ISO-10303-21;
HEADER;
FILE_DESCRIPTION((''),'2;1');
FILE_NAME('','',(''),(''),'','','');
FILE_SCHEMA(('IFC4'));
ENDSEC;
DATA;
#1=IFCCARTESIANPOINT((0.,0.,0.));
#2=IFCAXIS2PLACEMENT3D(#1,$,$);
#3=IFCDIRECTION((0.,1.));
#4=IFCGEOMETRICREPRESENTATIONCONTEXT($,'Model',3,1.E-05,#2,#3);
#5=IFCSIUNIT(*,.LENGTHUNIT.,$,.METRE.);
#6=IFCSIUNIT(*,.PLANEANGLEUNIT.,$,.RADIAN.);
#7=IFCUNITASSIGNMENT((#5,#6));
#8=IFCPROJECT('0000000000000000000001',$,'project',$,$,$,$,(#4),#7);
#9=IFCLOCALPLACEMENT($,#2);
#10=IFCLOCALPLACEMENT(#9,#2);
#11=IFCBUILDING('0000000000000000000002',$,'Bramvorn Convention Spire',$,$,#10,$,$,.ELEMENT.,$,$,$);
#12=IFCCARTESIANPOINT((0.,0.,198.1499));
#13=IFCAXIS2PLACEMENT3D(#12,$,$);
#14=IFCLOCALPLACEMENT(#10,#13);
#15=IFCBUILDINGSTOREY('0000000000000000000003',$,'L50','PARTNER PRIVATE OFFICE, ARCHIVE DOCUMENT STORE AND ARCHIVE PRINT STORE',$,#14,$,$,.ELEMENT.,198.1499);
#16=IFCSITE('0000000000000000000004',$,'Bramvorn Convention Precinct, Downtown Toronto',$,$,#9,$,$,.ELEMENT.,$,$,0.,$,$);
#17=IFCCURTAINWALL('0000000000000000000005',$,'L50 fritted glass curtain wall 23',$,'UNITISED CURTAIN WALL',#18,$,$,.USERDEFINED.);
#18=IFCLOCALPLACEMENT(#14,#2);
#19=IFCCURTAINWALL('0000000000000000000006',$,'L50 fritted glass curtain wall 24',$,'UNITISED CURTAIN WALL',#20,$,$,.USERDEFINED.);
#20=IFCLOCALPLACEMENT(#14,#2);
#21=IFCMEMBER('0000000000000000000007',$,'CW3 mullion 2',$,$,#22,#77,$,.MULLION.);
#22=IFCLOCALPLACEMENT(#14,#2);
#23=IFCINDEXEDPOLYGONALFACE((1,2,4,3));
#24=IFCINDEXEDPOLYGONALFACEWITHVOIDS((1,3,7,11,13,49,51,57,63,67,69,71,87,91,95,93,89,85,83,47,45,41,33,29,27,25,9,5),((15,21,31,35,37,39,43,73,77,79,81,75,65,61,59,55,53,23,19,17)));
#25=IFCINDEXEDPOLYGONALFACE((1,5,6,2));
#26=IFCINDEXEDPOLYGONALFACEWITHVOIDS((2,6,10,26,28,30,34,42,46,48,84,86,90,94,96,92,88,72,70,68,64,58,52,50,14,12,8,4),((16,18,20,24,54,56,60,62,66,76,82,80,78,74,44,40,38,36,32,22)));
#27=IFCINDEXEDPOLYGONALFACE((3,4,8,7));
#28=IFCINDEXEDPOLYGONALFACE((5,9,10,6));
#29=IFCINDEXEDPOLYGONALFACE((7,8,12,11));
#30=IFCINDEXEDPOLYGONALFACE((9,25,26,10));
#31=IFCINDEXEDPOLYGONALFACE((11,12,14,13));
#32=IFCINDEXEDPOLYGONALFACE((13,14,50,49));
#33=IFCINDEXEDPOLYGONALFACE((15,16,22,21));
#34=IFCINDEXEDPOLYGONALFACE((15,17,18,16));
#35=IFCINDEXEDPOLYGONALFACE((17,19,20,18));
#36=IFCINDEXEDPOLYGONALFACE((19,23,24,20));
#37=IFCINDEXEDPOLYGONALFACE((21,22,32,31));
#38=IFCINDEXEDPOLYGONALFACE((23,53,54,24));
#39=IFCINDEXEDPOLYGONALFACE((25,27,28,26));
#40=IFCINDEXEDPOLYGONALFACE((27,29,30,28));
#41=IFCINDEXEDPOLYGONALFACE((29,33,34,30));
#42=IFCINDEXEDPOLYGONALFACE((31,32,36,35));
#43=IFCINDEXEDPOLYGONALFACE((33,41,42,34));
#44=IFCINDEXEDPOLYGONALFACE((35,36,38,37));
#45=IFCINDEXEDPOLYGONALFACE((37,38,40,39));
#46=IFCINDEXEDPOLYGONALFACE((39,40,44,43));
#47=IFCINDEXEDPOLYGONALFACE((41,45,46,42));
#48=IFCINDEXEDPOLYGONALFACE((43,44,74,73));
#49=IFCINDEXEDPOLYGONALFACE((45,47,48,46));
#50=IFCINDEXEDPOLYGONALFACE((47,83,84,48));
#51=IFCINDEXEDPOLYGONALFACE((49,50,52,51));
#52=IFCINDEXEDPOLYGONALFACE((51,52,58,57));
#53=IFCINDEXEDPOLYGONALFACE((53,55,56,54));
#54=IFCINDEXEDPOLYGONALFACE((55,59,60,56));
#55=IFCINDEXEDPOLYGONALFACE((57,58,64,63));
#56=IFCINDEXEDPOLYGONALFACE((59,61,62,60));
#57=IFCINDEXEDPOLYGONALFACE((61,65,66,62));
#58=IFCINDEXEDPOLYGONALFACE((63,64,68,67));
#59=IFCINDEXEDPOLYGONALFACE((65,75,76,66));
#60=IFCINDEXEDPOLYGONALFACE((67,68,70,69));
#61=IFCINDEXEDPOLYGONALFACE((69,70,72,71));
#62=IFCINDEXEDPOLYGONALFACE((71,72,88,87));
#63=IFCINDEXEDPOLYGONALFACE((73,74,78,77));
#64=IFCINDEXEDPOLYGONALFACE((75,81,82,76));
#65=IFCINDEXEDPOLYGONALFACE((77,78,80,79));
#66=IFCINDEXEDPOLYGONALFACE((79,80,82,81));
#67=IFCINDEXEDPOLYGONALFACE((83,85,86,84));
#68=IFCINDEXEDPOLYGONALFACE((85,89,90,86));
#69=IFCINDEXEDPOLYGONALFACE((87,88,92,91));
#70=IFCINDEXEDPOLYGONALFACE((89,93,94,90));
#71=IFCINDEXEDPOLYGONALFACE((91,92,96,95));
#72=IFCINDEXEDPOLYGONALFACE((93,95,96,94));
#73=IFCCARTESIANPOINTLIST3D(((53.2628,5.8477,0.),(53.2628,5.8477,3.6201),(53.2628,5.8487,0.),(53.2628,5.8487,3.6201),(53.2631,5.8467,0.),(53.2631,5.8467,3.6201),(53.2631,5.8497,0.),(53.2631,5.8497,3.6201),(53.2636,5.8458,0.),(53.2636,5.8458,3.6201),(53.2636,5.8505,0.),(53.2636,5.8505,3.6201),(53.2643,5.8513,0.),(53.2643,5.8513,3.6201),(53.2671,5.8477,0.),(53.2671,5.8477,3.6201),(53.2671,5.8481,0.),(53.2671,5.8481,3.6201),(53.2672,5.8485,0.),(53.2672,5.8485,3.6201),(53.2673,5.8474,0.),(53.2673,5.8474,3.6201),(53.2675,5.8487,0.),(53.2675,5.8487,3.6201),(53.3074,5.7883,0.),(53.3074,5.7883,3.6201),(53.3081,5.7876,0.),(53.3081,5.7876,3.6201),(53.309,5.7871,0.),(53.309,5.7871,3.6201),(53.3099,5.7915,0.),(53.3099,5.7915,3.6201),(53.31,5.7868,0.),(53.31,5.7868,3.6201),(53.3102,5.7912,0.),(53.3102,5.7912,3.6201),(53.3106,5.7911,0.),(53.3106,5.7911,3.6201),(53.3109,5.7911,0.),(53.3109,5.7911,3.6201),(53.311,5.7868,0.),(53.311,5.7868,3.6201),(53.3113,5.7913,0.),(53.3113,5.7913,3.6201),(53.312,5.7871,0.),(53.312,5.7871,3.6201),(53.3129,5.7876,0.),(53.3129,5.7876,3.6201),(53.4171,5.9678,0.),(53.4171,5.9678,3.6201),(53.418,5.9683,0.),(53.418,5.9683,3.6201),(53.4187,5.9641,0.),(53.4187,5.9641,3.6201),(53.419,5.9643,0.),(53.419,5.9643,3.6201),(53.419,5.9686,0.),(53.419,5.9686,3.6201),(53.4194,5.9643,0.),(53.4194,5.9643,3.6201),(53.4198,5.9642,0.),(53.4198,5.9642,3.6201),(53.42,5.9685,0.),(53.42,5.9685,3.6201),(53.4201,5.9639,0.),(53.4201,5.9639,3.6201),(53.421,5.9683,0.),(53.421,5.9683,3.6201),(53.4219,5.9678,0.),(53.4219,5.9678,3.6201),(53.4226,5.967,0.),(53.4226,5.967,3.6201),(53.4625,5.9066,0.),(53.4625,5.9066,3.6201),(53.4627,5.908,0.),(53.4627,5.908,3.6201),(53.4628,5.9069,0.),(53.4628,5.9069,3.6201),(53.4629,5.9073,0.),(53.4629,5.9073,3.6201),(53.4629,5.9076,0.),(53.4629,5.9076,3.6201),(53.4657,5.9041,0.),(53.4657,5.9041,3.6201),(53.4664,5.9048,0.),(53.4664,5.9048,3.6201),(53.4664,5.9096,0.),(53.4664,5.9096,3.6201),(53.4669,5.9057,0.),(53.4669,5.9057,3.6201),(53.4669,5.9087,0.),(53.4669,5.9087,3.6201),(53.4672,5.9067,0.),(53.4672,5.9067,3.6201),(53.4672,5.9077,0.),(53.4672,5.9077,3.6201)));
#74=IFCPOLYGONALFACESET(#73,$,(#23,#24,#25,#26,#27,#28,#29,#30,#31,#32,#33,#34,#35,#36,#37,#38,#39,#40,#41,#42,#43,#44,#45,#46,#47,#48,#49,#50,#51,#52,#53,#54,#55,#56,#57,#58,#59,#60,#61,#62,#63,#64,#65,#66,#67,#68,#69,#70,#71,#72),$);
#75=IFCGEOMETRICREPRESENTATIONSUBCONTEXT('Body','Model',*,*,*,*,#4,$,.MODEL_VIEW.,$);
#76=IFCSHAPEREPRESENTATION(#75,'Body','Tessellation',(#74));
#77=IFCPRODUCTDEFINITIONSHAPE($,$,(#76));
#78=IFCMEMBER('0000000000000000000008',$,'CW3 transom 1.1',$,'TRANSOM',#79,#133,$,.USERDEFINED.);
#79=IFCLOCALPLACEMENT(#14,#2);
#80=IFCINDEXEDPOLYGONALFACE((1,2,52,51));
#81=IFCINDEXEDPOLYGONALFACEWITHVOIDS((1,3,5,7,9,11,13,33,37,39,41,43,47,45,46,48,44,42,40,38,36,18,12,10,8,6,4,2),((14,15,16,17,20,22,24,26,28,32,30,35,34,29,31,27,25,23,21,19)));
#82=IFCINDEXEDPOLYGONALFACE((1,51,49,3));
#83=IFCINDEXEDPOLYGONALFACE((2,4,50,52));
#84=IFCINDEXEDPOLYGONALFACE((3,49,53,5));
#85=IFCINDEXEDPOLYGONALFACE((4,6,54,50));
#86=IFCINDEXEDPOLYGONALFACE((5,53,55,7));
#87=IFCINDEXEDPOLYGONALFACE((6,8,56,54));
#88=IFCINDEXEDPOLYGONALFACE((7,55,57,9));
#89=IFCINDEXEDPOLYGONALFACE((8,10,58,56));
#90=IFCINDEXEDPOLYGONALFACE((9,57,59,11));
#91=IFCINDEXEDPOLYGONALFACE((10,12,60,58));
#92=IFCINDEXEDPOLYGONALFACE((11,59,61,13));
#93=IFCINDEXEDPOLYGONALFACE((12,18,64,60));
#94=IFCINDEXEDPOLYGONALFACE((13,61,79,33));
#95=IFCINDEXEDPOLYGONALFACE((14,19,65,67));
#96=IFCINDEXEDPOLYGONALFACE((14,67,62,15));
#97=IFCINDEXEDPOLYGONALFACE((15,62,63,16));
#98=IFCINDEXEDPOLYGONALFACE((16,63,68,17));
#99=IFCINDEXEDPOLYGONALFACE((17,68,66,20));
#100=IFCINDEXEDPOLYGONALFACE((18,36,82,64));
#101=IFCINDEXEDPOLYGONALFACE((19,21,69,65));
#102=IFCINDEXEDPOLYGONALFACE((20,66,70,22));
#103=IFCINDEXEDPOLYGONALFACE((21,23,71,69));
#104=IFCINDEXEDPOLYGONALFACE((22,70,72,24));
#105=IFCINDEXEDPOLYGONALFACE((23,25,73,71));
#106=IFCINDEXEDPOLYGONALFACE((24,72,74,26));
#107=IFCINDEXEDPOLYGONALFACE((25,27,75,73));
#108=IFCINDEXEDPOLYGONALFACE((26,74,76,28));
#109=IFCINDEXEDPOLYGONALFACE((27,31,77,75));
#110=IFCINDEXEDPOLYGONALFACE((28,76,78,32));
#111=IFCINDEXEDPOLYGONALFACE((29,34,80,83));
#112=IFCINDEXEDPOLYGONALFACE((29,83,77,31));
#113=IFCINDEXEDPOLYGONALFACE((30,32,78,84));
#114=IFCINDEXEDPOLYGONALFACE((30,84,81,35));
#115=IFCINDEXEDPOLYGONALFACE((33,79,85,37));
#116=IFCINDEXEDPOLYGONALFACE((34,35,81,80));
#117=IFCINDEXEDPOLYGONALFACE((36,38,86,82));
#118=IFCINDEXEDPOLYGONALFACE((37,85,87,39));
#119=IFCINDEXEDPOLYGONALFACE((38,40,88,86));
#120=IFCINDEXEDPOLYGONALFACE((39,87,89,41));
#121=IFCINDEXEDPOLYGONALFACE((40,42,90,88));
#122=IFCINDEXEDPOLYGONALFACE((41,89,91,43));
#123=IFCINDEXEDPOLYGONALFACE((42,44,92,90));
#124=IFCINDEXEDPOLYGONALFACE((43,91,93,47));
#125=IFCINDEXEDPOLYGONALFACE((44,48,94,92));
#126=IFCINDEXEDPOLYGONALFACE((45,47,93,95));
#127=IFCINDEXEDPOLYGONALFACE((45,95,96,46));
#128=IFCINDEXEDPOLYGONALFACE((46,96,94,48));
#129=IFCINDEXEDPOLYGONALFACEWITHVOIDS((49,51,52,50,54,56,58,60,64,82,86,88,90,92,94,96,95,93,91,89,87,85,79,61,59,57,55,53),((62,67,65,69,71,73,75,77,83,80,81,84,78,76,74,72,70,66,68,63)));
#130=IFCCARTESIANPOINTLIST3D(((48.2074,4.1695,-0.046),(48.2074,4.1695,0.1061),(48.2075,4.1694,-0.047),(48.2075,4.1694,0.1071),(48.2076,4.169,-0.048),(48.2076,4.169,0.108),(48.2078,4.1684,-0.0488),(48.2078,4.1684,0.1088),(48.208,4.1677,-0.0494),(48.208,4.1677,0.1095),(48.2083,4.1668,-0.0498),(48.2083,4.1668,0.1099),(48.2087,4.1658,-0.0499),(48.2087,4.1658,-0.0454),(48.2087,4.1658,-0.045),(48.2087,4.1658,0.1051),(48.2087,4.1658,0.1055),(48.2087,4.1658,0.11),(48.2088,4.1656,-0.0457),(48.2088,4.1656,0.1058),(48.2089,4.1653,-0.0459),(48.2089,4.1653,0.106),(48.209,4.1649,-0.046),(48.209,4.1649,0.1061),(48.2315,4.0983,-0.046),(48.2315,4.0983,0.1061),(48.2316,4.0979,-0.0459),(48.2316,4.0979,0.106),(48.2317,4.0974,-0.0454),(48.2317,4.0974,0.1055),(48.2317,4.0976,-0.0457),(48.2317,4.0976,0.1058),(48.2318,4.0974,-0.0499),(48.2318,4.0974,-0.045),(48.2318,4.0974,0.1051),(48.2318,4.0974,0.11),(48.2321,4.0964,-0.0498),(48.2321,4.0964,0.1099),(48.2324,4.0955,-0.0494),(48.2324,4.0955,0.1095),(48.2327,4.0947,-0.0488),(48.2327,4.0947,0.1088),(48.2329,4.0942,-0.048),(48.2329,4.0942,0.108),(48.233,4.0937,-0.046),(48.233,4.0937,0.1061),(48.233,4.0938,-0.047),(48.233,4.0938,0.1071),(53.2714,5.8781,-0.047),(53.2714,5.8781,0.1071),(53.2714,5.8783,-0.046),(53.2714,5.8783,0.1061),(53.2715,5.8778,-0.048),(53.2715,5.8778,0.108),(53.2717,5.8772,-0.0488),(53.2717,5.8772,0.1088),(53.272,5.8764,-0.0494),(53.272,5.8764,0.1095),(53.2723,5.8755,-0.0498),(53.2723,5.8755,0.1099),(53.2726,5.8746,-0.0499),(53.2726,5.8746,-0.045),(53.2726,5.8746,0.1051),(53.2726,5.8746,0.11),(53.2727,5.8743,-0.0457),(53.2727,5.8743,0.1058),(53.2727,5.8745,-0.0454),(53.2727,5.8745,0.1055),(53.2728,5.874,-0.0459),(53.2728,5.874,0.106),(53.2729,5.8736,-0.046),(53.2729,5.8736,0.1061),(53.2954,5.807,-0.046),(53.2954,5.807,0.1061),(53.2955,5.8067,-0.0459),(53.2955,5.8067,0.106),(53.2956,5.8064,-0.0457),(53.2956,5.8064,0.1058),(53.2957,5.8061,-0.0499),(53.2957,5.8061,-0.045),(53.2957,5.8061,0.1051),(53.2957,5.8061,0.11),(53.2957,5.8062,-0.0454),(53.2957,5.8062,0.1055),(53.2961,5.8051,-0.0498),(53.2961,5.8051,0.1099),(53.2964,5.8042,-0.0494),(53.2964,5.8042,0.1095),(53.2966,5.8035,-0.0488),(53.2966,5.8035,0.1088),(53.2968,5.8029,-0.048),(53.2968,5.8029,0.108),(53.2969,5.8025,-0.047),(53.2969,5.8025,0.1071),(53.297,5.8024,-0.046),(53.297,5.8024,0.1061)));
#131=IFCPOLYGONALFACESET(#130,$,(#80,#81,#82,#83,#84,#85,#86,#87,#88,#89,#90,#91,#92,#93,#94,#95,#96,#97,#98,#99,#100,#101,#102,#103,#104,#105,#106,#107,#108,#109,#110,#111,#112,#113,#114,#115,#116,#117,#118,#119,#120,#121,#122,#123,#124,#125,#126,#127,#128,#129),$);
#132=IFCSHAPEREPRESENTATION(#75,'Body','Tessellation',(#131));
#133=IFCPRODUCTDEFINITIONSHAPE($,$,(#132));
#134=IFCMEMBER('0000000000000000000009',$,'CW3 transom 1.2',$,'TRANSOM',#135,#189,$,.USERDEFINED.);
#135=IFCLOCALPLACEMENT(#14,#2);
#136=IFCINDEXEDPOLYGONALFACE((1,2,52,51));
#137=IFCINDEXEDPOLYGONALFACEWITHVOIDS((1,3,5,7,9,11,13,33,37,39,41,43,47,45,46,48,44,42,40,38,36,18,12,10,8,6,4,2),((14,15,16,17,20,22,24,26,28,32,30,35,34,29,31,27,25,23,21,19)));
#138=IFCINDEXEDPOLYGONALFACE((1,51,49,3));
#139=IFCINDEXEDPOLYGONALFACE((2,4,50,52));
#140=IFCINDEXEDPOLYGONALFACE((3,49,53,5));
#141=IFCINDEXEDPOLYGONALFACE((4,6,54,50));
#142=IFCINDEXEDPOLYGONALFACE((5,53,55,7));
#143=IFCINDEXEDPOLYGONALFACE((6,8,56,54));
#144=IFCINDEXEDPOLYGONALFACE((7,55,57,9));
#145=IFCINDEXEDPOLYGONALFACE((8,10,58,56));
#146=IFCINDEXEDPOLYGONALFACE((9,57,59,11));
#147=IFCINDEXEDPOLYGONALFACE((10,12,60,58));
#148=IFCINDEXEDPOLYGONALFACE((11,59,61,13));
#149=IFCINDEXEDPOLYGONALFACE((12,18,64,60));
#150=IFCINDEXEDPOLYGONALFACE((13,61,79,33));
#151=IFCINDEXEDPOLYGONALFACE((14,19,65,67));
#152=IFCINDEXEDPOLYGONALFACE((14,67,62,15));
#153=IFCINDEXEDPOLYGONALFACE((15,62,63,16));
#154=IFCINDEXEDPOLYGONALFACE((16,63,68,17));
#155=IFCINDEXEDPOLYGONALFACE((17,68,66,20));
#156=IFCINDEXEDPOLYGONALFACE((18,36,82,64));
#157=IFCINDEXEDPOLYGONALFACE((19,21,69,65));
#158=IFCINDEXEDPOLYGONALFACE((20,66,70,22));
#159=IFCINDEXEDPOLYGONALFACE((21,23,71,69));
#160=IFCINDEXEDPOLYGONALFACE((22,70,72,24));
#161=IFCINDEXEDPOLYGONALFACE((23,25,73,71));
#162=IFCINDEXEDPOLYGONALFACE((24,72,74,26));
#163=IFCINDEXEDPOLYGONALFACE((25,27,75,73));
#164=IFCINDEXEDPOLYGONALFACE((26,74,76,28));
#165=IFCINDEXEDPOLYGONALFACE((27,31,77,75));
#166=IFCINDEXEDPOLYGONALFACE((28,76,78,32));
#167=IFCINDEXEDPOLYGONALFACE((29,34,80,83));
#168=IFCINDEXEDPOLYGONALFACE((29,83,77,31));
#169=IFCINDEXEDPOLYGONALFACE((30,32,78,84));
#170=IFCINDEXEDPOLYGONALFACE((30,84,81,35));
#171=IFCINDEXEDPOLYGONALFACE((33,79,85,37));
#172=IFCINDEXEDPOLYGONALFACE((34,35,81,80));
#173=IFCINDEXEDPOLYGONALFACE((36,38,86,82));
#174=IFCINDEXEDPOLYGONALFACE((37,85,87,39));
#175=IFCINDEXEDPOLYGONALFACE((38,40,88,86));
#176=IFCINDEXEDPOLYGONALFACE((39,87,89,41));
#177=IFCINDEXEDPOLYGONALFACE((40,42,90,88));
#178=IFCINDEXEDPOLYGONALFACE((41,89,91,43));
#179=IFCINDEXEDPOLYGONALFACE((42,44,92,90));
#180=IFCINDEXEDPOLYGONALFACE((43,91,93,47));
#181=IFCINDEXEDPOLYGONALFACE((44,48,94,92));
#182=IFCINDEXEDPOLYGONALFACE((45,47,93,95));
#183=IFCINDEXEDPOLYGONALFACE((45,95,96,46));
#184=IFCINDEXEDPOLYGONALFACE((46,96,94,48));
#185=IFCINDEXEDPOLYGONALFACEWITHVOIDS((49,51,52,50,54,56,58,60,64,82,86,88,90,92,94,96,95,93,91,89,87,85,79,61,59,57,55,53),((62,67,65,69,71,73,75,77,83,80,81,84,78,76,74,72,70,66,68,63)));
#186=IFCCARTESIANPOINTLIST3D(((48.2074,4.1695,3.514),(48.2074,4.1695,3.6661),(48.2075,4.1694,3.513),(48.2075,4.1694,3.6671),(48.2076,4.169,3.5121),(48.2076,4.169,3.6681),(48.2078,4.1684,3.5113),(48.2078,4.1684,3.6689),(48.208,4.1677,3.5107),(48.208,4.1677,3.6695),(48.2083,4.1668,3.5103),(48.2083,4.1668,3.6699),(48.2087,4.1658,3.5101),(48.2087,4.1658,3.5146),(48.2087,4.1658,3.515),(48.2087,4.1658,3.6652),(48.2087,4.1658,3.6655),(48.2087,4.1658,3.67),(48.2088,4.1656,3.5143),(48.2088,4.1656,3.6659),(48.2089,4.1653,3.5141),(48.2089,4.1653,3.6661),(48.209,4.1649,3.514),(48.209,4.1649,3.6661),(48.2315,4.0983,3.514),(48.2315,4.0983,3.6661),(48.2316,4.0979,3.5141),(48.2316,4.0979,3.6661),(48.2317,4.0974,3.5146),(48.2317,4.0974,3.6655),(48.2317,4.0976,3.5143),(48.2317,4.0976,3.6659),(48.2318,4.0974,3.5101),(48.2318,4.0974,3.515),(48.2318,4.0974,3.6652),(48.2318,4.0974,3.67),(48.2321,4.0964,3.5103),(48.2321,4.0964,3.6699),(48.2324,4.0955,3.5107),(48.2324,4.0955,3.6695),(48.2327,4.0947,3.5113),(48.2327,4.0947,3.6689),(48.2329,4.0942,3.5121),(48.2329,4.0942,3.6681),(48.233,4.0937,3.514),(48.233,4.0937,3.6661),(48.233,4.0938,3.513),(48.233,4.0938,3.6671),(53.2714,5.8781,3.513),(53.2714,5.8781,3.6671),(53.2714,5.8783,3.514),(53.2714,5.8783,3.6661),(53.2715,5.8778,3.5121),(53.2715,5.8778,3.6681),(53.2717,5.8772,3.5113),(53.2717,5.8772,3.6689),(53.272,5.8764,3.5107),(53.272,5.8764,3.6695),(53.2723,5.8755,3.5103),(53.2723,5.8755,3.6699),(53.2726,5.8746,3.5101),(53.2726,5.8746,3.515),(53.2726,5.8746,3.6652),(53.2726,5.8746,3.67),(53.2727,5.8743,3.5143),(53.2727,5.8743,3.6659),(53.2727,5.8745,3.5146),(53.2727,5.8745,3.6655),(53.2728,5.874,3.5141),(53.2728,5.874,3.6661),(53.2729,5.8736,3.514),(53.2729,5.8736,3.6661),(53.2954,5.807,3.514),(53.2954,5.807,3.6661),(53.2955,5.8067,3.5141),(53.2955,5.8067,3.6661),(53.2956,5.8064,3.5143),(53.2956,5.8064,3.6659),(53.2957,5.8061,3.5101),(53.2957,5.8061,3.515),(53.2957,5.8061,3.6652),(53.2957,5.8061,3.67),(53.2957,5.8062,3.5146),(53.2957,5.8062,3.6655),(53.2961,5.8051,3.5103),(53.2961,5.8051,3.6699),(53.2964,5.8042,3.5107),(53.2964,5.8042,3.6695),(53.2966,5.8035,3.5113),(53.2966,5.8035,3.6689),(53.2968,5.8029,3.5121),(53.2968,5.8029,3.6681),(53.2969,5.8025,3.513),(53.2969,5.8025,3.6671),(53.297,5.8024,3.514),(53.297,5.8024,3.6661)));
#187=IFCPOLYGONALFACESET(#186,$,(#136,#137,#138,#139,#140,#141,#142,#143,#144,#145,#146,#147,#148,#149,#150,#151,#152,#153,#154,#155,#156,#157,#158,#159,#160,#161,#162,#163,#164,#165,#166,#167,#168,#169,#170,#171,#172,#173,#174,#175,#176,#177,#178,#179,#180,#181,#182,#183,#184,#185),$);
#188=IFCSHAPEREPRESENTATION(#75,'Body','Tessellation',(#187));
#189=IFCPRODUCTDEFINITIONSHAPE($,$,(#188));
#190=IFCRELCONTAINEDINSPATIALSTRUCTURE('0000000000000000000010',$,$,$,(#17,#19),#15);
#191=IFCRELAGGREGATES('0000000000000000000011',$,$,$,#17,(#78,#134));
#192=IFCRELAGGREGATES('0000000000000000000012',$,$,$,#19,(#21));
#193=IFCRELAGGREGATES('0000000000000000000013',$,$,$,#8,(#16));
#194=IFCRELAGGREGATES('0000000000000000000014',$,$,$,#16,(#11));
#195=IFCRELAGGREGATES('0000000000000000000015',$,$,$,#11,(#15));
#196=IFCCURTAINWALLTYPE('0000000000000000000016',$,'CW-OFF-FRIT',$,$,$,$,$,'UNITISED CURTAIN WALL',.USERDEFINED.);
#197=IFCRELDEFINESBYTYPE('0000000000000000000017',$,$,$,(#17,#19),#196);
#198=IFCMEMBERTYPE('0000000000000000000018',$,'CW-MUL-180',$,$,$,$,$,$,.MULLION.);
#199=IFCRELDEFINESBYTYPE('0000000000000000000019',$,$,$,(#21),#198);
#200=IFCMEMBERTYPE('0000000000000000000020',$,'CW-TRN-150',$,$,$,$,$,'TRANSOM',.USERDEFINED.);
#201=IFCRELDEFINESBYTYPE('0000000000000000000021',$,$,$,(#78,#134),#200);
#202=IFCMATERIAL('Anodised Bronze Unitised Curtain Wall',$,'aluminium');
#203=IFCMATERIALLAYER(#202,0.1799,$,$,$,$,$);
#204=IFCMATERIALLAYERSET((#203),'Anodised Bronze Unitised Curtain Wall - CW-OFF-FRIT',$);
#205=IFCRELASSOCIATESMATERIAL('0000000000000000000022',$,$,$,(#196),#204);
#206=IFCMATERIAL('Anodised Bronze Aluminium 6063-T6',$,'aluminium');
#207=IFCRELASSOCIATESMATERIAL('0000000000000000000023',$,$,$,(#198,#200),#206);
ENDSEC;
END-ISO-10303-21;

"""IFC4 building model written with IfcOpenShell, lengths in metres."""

from ifc_helpers import new_model, si_unit, direction, frame, origin, origin_2d, place, context, subcontext, project, spatial, hollow_rectangle, extrude, material, layer, layer_set, material_profile, profile_set, type_object, element, aggregate, save


model = new_model("IFC4")

# Units and contexts
model_context = context("Model", 3, precision=1e-05, world=origin(), true_north=direction((0.0, 1.0)))
body_context = subcontext(model_context, "Body", "Model", "MODEL_VIEW")
ifc_project = project(units=[si_unit("LENGTHUNIT", "METRE"), si_unit("PLANEANGLEUNIT", "RADIAN")], contexts=[model_context])

# Site, building, storey
site_placement = place(None, origin())
site = spatial("IfcSite", under=ifc_project, at=site_placement, Name="Bramvorn Convention Precinct, Downtown Toronto", CompositionType="ELEMENT", RefElevation=0.0)
building_placement = place(site_placement, origin())
building = spatial("IfcBuilding", under=site, at=building_placement, Name="Bramvorn Convention Spire", CompositionType="ELEMENT")
storey_placement = place(building_placement, frame((0.0, 0.0, 198.1499)))
storey = spatial("IfcBuildingStorey", under=building, at=storey_placement, Name="L50", Description="PARTNER PRIVATE OFFICE, ARCHIVE DOCUMENT STORE AND ARCHIVE PRINT STORE", CompositionType="ELEMENT", Elevation=198.1499)

# Curtain walls, member
ifc_material_1 = material(Name="Anodised Bronze Unitised Curtain Wall", Category="aluminium")
ifc_layer_1 = layer(ifc_material_1, 0.1799)
ifc_layer_set_1 = layer_set([ifc_layer_1], Name="Anodised Bronze Unitised Curtain Wall - CW-OFF-FRIT")
curtain_wall_type = type_object("IfcCurtainWallType", Name="CW-OFF-FRIT", ElementType="UNITISED CURTAIN WALL", PredefinedType="USERDEFINED", material=ifc_layer_set_1)
curtain_wall_1_placement = place(storey_placement, origin())
curtain_wall_1 = element("IfcCurtainWall", 1, at=curtain_wall_1_placement, inside=storey, type_object=curtain_wall_type, Name="L50 fritted glass curtain wall 23", ObjectType="UNITISED CURTAIN WALL", PredefinedType="USERDEFINED")
ifc_material_2 = material(Name="Anodised Bronze Aluminium 6063-T6", Category="aluminium")
ifc_material_profile_1 = material_profile(ifc_material_2, hollow_rectangle(XDim=0.0801, YDim=0.2, WallThickness=0.0039, InnerFilletRadius=0.001, OuterFilletRadius=0.0039, at=origin_2d()))
ifc_profile_set_1 = profile_set([ifc_material_profile_1], Name="Anodised Bronze Aluminium 6063-T6 - CWM80X200")
member_type_1 = type_object("IfcMemberType", Name="CW-MUL-180", PredefinedType="MULLION", material=ifc_profile_set_1)
curtain_wall_2_placement = place(storey_placement, origin())
curtain_wall_2 = element("IfcCurtainWall", 2, at=curtain_wall_2_placement, inside=storey, type_object=curtain_wall_type, Name="L50 fritted glass curtain wall 24", ObjectType="UNITISED CURTAIN WALL", PredefinedType="USERDEFINED")
member_1_placement = place(storey_placement, frame((53.365, 5.8777, 0.0), z_axis=(0.0, 0.0, 1.0), x_axis=(0.606441, -0.795128, 0.0)))
member_1 = element("IfcMember", 3, at=member_1_placement, type_object=member_type_1, Name="CW3 mullion 2", PredefinedType="MULLION", context=body_context, shape_type="SweptSolid", body=[
    extrude(hollow_rectangle(XDim=0.0801, YDim=0.2, WallThickness=0.0039, InnerFilletRadius=0.001, OuterFilletRadius=0.0039, at=origin_2d()), origin(), (0.0, 0.0, 1.0), 3.6201),
])

# Members
ifc_material_profile_2 = material_profile(ifc_material_2, hollow_rectangle(XDim=0.0801, YDim=0.1599, WallThickness=0.0039, InnerFilletRadius=0.001, OuterFilletRadius=0.0039, at=origin_2d()))
ifc_profile_set_2 = profile_set([ifc_material_profile_2], Name="Anodised Bronze Aluminium 6063-T6 - CWT80X160")
member_type_2 = type_object("IfcMemberType", Name="CW-TRN-150", ElementType="TRANSOM", PredefinedType="USERDEFINED", material=ifc_profile_set_2)
member_2_placement = place(storey_placement, frame((53.2842, 5.8403, 0.03), z_axis=(-0.947512, -0.31972, 0.0), x_axis=(0.31972, -0.947512, 0.0)))
member_2 = element("IfcMember", 4, at=member_2_placement, type_object=member_type_2, Name="CW3 transom 1.1", ObjectType="TRANSOM", PredefinedType="USERDEFINED", context=body_context, shape_type="SweptSolid", body=[
    extrude(hollow_rectangle(XDim=0.0801, YDim=0.1599, WallThickness=0.0039, InnerFilletRadius=0.001, OuterFilletRadius=0.0039, at=origin_2d()), origin(), (0.0, 0.0, 1.0), 5.3445),
])
member_3_placement = place(storey_placement, frame((53.2842, 5.8403, 3.5901), z_axis=(-0.947512, -0.31972, 0.0), x_axis=(0.31972, -0.947512, 0.0)))
member_3 = element("IfcMember", 5, at=member_3_placement, type_object=member_type_2, Name="CW3 transom 1.2", ObjectType="TRANSOM", PredefinedType="USERDEFINED", context=body_context, shape_type="SweptSolid", body=[
    extrude(hollow_rectangle(XDim=0.0801, YDim=0.1599, WallThickness=0.0039, InnerFilletRadius=0.001, OuterFilletRadius=0.0039, at=origin_2d()), origin(), (0.0, 0.0, 1.0), 5.3445),
])

aggregate(curtain_wall_1, [member_2, member_3])
aggregate(curtain_wall_2, [member_1])

save(model, "model.ifc")
